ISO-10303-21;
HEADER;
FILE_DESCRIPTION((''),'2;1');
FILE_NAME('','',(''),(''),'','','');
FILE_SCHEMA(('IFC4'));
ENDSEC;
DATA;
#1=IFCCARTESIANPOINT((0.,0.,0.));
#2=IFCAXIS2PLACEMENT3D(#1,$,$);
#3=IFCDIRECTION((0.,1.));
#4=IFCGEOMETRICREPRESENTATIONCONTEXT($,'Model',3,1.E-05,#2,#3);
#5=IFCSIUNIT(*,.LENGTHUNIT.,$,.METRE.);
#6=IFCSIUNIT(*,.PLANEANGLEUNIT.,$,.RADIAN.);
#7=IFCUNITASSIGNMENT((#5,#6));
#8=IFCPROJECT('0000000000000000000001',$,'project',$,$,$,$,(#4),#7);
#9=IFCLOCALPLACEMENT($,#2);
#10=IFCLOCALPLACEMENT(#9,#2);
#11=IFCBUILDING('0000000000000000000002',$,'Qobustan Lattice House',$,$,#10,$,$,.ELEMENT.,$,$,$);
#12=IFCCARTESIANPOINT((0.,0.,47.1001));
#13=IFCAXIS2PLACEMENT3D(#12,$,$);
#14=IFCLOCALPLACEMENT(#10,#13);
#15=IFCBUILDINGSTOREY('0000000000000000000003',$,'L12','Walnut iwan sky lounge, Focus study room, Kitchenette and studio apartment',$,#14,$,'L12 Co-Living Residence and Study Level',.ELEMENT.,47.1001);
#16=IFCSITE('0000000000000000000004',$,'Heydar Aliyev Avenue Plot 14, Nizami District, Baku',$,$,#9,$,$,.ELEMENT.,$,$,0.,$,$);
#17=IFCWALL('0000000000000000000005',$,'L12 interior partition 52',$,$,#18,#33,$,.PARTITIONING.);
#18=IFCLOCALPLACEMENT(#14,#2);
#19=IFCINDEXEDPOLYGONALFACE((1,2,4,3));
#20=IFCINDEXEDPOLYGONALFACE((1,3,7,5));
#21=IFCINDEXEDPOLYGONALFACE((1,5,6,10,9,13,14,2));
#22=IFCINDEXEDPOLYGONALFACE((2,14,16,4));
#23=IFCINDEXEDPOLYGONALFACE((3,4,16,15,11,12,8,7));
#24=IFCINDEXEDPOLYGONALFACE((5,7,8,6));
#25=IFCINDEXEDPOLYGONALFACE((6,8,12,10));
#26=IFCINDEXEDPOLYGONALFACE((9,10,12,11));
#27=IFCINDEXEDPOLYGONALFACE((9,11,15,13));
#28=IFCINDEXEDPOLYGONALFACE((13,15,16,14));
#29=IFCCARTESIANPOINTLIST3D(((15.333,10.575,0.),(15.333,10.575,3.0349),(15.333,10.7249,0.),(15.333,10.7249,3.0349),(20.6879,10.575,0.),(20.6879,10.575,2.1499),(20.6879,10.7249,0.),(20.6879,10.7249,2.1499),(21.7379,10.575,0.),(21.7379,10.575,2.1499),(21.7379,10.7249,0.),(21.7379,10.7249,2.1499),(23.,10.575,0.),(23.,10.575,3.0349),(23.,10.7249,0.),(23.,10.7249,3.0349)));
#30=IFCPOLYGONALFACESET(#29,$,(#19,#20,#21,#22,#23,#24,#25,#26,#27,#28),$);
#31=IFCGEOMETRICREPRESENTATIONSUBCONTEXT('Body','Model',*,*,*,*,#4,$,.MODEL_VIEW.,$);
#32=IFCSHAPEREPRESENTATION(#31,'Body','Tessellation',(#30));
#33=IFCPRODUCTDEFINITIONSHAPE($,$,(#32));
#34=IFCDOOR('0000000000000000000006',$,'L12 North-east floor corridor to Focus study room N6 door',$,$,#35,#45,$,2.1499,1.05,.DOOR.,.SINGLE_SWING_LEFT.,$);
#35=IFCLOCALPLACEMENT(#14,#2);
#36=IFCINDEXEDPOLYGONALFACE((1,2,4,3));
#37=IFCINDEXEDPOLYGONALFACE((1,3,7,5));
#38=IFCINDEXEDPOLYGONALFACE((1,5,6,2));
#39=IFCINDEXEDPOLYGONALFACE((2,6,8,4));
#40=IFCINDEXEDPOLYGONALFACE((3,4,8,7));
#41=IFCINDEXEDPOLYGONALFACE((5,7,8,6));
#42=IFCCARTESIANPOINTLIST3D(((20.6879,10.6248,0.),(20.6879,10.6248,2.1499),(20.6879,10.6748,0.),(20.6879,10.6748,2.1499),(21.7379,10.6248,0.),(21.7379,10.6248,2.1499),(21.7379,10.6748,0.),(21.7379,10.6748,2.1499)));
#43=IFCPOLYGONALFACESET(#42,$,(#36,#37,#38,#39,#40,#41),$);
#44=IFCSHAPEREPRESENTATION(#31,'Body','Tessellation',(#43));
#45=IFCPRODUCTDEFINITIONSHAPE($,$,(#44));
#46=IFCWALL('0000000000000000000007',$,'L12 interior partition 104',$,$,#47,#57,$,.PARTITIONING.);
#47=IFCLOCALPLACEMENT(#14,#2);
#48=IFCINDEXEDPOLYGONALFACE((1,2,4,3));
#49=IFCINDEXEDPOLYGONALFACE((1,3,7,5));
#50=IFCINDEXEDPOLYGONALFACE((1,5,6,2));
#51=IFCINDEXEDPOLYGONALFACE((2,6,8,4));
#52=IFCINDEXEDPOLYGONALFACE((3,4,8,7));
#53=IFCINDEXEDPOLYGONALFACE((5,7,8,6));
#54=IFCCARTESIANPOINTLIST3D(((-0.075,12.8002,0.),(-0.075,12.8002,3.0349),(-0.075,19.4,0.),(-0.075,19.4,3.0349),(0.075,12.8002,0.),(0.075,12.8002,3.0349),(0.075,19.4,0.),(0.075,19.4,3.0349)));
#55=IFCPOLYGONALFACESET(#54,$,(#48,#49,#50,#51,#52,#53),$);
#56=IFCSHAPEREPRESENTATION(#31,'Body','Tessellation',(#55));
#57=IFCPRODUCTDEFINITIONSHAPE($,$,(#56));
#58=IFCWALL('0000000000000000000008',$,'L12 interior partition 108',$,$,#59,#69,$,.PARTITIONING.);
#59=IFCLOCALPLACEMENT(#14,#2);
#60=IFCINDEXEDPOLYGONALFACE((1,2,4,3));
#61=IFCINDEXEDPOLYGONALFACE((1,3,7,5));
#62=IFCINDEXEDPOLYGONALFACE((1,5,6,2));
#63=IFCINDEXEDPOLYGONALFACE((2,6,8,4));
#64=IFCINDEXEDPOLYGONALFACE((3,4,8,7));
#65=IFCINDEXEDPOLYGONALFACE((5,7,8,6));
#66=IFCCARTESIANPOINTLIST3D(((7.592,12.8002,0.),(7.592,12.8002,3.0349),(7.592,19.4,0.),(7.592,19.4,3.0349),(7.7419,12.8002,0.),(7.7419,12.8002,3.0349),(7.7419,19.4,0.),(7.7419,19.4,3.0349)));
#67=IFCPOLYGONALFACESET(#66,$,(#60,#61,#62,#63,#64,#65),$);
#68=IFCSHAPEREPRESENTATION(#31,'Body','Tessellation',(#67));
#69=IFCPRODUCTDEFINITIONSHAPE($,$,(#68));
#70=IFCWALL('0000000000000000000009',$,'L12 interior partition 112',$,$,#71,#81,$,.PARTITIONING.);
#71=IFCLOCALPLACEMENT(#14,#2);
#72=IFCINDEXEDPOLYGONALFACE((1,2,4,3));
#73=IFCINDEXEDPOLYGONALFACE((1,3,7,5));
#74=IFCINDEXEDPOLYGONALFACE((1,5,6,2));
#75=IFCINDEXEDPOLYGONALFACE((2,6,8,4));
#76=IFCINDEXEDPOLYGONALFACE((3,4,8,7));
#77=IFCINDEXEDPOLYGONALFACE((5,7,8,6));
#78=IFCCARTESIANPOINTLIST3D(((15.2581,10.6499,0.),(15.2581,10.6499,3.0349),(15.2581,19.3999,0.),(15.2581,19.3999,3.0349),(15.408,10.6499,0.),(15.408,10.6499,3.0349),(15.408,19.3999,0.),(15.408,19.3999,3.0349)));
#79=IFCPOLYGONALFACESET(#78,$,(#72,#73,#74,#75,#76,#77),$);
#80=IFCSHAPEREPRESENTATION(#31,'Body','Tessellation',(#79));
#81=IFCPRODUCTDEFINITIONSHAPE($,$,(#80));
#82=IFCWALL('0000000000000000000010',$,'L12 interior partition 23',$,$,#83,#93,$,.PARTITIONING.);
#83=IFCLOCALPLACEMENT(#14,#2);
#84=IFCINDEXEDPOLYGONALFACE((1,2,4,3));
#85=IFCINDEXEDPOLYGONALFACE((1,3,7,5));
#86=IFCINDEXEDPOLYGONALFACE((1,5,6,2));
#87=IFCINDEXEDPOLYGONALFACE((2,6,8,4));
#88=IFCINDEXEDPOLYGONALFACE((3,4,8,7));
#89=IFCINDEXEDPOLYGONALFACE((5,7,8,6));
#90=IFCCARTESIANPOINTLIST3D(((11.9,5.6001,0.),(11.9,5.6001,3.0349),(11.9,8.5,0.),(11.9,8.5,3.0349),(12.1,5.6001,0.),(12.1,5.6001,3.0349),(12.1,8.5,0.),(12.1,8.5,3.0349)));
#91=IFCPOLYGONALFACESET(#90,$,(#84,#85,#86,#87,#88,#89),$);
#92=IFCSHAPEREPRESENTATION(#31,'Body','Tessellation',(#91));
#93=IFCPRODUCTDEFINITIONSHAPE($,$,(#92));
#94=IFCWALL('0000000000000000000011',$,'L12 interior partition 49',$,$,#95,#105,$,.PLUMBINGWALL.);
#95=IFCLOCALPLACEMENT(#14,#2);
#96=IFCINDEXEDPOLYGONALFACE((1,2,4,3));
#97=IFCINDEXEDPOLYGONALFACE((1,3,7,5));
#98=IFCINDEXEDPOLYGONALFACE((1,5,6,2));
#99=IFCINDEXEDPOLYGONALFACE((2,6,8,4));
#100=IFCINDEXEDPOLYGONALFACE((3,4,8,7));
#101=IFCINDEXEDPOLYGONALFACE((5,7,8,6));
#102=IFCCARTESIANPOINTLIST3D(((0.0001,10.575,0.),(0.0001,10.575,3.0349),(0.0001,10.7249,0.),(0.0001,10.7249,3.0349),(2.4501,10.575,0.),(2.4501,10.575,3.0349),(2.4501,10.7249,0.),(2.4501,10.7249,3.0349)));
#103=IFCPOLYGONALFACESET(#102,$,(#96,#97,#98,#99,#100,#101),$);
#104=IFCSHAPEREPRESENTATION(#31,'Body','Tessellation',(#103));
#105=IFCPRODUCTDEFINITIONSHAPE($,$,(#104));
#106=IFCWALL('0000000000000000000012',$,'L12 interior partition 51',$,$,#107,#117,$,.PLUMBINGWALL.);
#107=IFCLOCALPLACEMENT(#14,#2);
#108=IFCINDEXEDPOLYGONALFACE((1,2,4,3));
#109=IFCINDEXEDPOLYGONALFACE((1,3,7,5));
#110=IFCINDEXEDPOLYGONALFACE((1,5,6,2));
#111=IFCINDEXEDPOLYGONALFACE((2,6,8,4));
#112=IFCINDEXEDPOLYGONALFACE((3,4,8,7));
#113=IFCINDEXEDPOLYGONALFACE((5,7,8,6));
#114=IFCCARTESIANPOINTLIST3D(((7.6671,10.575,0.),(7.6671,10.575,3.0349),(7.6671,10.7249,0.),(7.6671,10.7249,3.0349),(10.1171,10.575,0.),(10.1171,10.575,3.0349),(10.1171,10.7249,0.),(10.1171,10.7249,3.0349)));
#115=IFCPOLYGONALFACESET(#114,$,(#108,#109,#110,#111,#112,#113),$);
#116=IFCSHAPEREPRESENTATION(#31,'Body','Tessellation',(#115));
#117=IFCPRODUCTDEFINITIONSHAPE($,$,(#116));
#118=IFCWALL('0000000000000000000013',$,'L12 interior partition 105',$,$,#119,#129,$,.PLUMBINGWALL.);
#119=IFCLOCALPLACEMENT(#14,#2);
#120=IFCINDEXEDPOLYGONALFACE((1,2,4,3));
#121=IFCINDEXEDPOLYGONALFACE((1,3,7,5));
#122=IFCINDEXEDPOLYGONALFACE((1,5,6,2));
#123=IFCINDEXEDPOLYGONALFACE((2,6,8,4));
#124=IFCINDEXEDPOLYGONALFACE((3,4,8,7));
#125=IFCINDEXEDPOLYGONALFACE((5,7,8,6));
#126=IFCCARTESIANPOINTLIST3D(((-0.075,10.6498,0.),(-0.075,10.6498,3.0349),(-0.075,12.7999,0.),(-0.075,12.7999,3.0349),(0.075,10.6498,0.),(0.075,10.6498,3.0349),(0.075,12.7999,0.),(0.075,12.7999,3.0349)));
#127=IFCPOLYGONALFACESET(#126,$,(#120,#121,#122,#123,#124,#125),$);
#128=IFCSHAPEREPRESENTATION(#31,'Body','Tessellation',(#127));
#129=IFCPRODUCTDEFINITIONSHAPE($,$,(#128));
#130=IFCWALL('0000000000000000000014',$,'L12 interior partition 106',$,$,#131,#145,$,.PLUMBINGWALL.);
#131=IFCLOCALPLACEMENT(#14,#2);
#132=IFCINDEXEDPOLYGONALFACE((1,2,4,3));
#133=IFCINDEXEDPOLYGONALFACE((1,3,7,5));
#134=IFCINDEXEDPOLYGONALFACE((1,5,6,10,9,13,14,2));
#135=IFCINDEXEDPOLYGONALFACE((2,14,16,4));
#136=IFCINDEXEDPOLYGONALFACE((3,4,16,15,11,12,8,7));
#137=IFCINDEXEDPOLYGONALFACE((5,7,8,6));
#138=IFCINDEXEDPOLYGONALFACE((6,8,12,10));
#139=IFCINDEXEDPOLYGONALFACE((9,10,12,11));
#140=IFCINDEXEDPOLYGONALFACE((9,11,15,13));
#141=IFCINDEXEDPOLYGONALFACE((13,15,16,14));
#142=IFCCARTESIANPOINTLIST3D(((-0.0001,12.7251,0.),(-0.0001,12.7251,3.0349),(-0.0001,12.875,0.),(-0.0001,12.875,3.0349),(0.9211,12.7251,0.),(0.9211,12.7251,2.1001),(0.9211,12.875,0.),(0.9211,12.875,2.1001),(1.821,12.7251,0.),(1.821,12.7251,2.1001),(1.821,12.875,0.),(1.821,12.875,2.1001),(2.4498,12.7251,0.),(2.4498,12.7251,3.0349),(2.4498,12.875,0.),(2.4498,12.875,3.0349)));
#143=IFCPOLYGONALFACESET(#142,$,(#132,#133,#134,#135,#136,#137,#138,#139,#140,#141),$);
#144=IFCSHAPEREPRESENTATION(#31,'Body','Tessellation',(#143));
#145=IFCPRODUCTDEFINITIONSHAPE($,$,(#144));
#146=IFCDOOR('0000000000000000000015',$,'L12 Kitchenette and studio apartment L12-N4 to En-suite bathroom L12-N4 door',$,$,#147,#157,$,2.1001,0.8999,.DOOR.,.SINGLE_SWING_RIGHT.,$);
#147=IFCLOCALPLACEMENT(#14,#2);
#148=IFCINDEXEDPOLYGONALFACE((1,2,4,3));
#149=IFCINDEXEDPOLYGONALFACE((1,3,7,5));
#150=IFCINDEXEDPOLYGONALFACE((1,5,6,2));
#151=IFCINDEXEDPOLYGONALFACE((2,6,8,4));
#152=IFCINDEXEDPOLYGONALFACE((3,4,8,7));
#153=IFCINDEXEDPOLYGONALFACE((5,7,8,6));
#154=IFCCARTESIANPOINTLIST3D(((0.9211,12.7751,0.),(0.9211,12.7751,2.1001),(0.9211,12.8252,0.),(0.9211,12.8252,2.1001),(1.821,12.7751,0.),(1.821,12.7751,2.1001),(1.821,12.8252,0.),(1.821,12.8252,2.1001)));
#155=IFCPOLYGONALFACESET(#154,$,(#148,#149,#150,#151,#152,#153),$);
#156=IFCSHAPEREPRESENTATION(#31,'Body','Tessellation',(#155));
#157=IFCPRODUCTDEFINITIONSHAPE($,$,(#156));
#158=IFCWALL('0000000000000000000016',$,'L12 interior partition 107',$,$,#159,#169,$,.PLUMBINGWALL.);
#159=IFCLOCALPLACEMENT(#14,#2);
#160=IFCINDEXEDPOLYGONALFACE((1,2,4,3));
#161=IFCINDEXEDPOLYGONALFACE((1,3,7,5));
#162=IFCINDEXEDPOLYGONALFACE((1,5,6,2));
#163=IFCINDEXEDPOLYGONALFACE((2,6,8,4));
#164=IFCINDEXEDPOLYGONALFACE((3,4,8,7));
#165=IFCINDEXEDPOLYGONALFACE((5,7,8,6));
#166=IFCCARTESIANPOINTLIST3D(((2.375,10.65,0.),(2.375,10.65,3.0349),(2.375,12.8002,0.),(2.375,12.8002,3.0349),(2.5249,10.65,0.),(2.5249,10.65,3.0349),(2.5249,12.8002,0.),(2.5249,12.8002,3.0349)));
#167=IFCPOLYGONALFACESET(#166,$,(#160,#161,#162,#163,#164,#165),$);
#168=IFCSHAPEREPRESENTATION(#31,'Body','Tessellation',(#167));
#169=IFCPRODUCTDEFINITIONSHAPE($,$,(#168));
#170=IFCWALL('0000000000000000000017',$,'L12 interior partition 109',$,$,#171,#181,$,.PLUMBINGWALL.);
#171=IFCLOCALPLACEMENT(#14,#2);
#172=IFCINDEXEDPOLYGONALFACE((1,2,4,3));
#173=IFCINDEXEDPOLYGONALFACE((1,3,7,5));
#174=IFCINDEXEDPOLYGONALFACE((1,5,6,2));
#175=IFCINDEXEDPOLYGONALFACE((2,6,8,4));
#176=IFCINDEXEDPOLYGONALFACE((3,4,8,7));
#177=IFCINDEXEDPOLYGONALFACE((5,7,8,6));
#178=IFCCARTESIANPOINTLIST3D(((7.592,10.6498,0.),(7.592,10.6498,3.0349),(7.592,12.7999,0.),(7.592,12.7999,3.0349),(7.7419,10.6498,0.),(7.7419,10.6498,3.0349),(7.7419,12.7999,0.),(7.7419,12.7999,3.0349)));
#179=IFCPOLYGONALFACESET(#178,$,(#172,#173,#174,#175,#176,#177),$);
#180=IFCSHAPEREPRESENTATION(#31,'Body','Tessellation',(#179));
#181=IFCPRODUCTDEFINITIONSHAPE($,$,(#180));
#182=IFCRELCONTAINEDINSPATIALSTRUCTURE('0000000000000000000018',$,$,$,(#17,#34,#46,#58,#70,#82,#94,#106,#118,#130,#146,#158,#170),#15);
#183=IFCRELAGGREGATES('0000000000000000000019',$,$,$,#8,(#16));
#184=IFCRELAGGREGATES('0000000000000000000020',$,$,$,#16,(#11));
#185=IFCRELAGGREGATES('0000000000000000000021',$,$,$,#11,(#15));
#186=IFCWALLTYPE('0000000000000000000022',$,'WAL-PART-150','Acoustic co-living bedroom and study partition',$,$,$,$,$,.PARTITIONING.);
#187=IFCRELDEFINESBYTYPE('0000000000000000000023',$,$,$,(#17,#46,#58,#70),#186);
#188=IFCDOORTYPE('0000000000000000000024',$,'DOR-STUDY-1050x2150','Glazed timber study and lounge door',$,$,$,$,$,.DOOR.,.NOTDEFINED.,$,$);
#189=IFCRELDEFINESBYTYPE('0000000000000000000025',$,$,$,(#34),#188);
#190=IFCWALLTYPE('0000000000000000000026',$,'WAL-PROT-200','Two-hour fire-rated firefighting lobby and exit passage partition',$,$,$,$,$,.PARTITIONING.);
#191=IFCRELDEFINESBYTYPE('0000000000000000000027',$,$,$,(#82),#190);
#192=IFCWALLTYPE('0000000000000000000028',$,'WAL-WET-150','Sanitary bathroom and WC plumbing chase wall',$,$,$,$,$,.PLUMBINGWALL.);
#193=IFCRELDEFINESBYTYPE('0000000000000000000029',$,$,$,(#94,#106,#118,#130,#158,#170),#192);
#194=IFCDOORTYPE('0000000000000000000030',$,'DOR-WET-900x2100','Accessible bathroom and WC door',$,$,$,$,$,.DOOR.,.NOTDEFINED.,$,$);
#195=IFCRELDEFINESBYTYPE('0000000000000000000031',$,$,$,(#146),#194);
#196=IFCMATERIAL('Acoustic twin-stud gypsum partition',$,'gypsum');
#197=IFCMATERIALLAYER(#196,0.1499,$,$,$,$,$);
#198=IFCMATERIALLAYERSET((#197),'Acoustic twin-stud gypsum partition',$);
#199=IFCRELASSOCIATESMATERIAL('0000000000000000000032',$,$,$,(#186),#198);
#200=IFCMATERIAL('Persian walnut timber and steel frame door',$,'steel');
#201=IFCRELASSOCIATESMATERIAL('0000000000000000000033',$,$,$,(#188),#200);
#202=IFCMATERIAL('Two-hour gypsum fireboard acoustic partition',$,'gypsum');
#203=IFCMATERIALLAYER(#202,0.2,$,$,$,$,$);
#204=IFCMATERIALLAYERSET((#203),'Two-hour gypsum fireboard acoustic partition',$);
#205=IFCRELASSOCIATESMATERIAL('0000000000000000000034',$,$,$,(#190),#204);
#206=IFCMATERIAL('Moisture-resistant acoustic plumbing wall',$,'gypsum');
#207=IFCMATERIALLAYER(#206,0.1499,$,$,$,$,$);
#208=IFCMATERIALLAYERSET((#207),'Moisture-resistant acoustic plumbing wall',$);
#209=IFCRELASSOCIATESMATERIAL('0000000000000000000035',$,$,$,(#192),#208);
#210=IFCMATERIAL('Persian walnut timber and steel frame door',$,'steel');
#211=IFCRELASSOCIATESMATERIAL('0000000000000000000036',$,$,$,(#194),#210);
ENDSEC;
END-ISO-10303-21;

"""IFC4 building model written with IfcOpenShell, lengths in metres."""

from ifc_helpers import new_model, si_unit, direction, frame, frame_2d, origin, place, context, subcontext, project, spatial, rectangle, extrude, material, layer, layer_set, type_object, element, fill, save


model = new_model("IFC4")

# Units and contexts
model_context = context("Model", 3, precision=1e-05, world=origin(), true_north=direction((0.0, 1.0)))
body_context = subcontext(model_context, "Body", "Model", "MODEL_VIEW")
ifc_project = project(units=[si_unit("LENGTHUNIT", "METRE"), si_unit("PLANEANGLEUNIT", "RADIAN")], contexts=[model_context])

# Site, building, storey
site_placement = place(None, origin())
site = spatial("IfcSite", under=ifc_project, at=site_placement, Name="Heydar Aliyev Avenue Plot 14, Nizami District, Baku", CompositionType="ELEMENT", RefElevation=0.0)
building_placement = place(site_placement, origin())
building = spatial("IfcBuilding", under=site, at=building_placement, Name="Qobustan Lattice House", CompositionType="ELEMENT")
storey_placement = place(building_placement, frame((0.0, 0.0, 47.1001)))
storey = spatial("IfcBuildingStorey", under=building, at=storey_placement, Name="L12", Description="Walnut iwan sky lounge, Focus study room, Kitchenette and studio apartment", LongName="L12 Co-Living Residence and Study Level", CompositionType="ELEMENT", Elevation=47.1001)

# Wall, opening, door
ifc_material_1 = material(Name="Acoustic twin-stud gypsum partition", Category="gypsum")
ifc_layer_1 = layer(ifc_material_1, 0.1499)
ifc_layer_set_1 = layer_set([ifc_layer_1], Name="Acoustic twin-stud gypsum partition")
wall_type_1 = type_object("IfcWallType", Name="WAL-PART-150", Description="Acoustic co-living bedroom and study partition", PredefinedType="PARTITIONING", material=ifc_layer_set_1)
wall_1_placement = place(storey_placement, frame((15.333, 10.6499, 0.0), z_axis=(0.0, 0.0, 1.0), x_axis=(1.0, 0.0, 0.0)))
wall_1 = element("IfcWall", 1, at=wall_1_placement, inside=storey, type_object=wall_type_1, Name="L12 interior partition 52", PredefinedType="PARTITIONING", context=body_context, shape_type="SweptSolid", body=[
    extrude(rectangle(XDim=7.667, YDim=0.1499, at=frame_2d((3.8335, 0.0))), origin(), (0.0, 0.0, 1.0), 3.0349),
])
opening_1_placement = place(wall_1_placement, frame((5.355, 0.0, 0.0)))
opening_1 = element("IfcOpeningElement", 2, at=opening_1_placement, cuts=wall_1, PredefinedType="OPENING", context=body_context, shape_type="SweptSolid", body=[
    extrude(rectangle(XDim=1.05, YDim=2.1499, at=frame_2d((0.5249, 1.075))), frame((0.0, 0.085, 0.0), z_axis=(0.0, -1.0, 0.0), x_axis=(1.0, 0.0, 0.0)), (0.0, 0.0, 1.0), 0.1699),
])
ifc_material_2 = material(Name="Persian walnut timber and steel frame door", Category="steel")
door_type_1 = type_object("IfcDoorType", Name="DOR-STUDY-1050x2150", Description="Glazed timber study and lounge door", OperationType="NOTDEFINED", PredefinedType="DOOR", material=ifc_material_2)
door_1_placement = place(opening_1_placement, origin())
door_1 = element("IfcDoor", 3, at=door_1_placement, inside=storey, type_object=door_type_1, Name="L12 North-east floor corridor to Focus study room N6 door", OperationType="SINGLE_SWING_LEFT", OverallHeight=2.1499, OverallWidth=1.05, PredefinedType="DOOR", context=body_context, shape_type="SweptSolid", body=[
    extrude(rectangle(XDim=1.05, YDim=2.1499, at=frame_2d((0.5249, 1.075))), frame((0.0, 0.0249, 0.0), z_axis=(0.0, -1.0, 0.0), x_axis=(1.0, 0.0, 0.0)), (0.0, 0.0, 1.0), 0.05),
])
fill(opening_1, door_1)

# Walls
for number, where, z_axis, x_axis, name in (
    (4, (0.0, 19.3999, 0.0), (0.0, 0.0, 1.0), (0.0, -1.0, 0.0), "L12 interior partition 104"),
    (5, (7.667, 19.3999, 0.0), (0.0, 0.0, 1.0), (0.0, -1.0, 0.0), "L12 interior partition 108"),
):
    element("IfcWall", number, at=place(storey_placement, frame(where, z_axis=z_axis, x_axis=x_axis)), inside=storey, type_object=wall_type_1, Name=name, PredefinedType="PARTITIONING", context=body_context, shape_type="SweptSolid", body=[
        extrude(rectangle(XDim=6.5999, YDim=0.1499, at=frame_2d((3.2998, 0.0))), origin(), (0.0, 0.0, 1.0), 3.0349),
    ])
wall_2_placement = place(storey_placement, frame((15.333, 19.3999, 0.0), z_axis=(0.0, 0.0, 1.0), x_axis=(0.0, -1.0, 0.0)))
element("IfcWall", 6, at=wall_2_placement, inside=storey, type_object=wall_type_1, Name="L12 interior partition 112", PredefinedType="PARTITIONING", context=body_context, shape_type="SweptSolid", body=[
    extrude(rectangle(XDim=8.75, YDim=0.1499, at=frame_2d((4.375, 0.0))), origin(), (0.0, 0.0, 1.0), 3.0349),
])
ifc_material_3 = material(Name="Two-hour gypsum fireboard acoustic partition", Category="gypsum")
ifc_layer_2 = layer(ifc_material_3, 0.2)
ifc_layer_set_2 = layer_set([ifc_layer_2], Name="Two-hour gypsum fireboard acoustic partition")
wall_type_2 = type_object("IfcWallType", Name="WAL-PROT-200", Description="Two-hour fire-rated firefighting lobby and exit passage partition", PredefinedType="PARTITIONING", material=ifc_layer_set_2)
wall_3_placement = place(storey_placement, frame((12.0, 8.5, 0.0), z_axis=(0.0, 0.0, 1.0), x_axis=(0.0, -1.0, 0.0)))
element("IfcWall", 7, at=wall_3_placement, inside=storey, type_object=wall_type_2, Name="L12 interior partition 23", PredefinedType="PARTITIONING", context=body_context, shape_type="SweptSolid", body=[
    extrude(rectangle(XDim=2.8999, YDim=0.2, at=frame_2d((1.45, 0.0))), origin(), (0.0, 0.0, 1.0), 3.0349),
])
ifc_material_4 = material(Name="Moisture-resistant acoustic plumbing wall", Category="gypsum")
ifc_layer_3 = layer(ifc_material_4, 0.1499)
ifc_layer_set_3 = layer_set([ifc_layer_3], Name="Moisture-resistant acoustic plumbing wall")
wall_type_3 = type_object("IfcWallType", Name="WAL-WET-150", Description="Sanitary bathroom and WC plumbing chase wall", PredefinedType="PLUMBINGWALL", material=ifc_layer_set_3)
for number, where, z_axis, x_axis, name in (
    (8, (0.0, 10.6499, 0.0), (0.0, 0.0, 1.0), (1.0, 0.0, 0.0), "L12 interior partition 49"),
    (9, (7.667, 10.6499, 0.0), (0.0, 0.0, 1.0), (1.0, 0.0, 0.0), "L12 interior partition 51"),
):
    element("IfcWall", number, at=place(storey_placement, frame(where, z_axis=z_axis, x_axis=x_axis)), inside=storey, type_object=wall_type_3, Name=name, PredefinedType="PLUMBINGWALL", context=body_context, shape_type="SweptSolid", body=[
        extrude(rectangle(XDim=2.45, YDim=0.1499, at=frame_2d((1.2251, 0.0))), origin(), (0.0, 0.0, 1.0), 3.0349),
    ])
wall_4_placement = place(storey_placement, frame((0.0, 12.8, 0.0), z_axis=(0.0, 0.0, 1.0), x_axis=(0.0, -1.0, 0.0)))
element("IfcWall", 10, at=wall_4_placement, inside=storey, type_object=wall_type_3, Name="L12 interior partition 105", PredefinedType="PLUMBINGWALL", context=body_context, shape_type="SweptSolid", body=[
    extrude(rectangle(XDim=2.1501, YDim=0.1499, at=frame_2d((1.0752, 0.0))), origin(), (0.0, 0.0, 1.0), 3.0349),
])

# Wall, opening, door
wall_5_placement = place(storey_placement, frame((2.45, 12.8, 0.0), z_axis=(0.0, 0.0, 1.0), x_axis=(-1.0, 0.0, 0.0)))
wall_5 = element("IfcWall", 11, at=wall_5_placement, inside=storey, type_object=wall_type_3, Name="L12 interior partition 106", PredefinedType="PLUMBINGWALL", context=body_context, shape_type="SweptSolid", body=[
    extrude(rectangle(XDim=2.45, YDim=0.1499, at=frame_2d((1.2251, 0.0))), origin(), (0.0, 0.0, 1.0), 3.0349),
])
opening_2_placement = place(wall_5_placement, frame((0.6289, 0.0, 0.0)))
opening_2 = element("IfcOpeningElement", 12, at=opening_2_placement, cuts=wall_5, PredefinedType="OPENING", context=body_context, shape_type="SweptSolid", body=[
    extrude(rectangle(XDim=0.8999, YDim=2.1001, at=frame_2d((0.45, 1.05))), frame((0.0, 0.085, 0.0), z_axis=(0.0, -1.0, 0.0), x_axis=(1.0, 0.0, 0.0)), (0.0, 0.0, 1.0), 0.1699),
])
ifc_material_5 = material(Name="Persian walnut timber and steel frame door", Category="steel")
door_type_2 = type_object("IfcDoorType", Name="DOR-WET-900x2100", Description="Accessible bathroom and WC door", OperationType="NOTDEFINED", PredefinedType="DOOR", material=ifc_material_5)
door_2_placement = place(opening_2_placement, origin())
door_2 = element("IfcDoor", 13, at=door_2_placement, inside=storey, type_object=door_type_2, Name="L12 Kitchenette and studio apartment L12-N4 to En-suite bathroom L12-N4 door", OperationType="SINGLE_SWING_RIGHT", OverallHeight=2.1001, OverallWidth=0.8999, PredefinedType="DOOR", context=body_context, shape_type="SweptSolid", body=[
    extrude(rectangle(XDim=0.8999, YDim=2.1001, at=frame_2d((0.45, 1.05))), frame((0.0, 0.0249, 0.0), z_axis=(0.0, -1.0, 0.0), x_axis=(1.0, 0.0, 0.0)), (0.0, 0.0, 1.0), 0.05),
])
fill(opening_2, door_2)

# Walls
for number, where, z_axis, x_axis, name in (
    (14, (2.45, 10.6499, 0.0), (0.0, 0.0, 1.0), (0.0, 1.0, 0.0), "L12 interior partition 107"),
    (15, (7.667, 12.8, 0.0), (0.0, 0.0, 1.0), (0.0, -1.0, 0.0), "L12 interior partition 109"),
):
    element("IfcWall", number, at=place(storey_placement, frame(where, z_axis=z_axis, x_axis=x_axis)), inside=storey, type_object=wall_type_3, Name=name, PredefinedType="PLUMBINGWALL", context=body_context, shape_type="SweptSolid", body=[
        extrude(rectangle(XDim=2.1501, YDim=0.1499, at=frame_2d((1.0752, 0.0))), origin(), (0.0, 0.0, 1.0), 3.0349),
    ])

save(model, "model.ifc")
